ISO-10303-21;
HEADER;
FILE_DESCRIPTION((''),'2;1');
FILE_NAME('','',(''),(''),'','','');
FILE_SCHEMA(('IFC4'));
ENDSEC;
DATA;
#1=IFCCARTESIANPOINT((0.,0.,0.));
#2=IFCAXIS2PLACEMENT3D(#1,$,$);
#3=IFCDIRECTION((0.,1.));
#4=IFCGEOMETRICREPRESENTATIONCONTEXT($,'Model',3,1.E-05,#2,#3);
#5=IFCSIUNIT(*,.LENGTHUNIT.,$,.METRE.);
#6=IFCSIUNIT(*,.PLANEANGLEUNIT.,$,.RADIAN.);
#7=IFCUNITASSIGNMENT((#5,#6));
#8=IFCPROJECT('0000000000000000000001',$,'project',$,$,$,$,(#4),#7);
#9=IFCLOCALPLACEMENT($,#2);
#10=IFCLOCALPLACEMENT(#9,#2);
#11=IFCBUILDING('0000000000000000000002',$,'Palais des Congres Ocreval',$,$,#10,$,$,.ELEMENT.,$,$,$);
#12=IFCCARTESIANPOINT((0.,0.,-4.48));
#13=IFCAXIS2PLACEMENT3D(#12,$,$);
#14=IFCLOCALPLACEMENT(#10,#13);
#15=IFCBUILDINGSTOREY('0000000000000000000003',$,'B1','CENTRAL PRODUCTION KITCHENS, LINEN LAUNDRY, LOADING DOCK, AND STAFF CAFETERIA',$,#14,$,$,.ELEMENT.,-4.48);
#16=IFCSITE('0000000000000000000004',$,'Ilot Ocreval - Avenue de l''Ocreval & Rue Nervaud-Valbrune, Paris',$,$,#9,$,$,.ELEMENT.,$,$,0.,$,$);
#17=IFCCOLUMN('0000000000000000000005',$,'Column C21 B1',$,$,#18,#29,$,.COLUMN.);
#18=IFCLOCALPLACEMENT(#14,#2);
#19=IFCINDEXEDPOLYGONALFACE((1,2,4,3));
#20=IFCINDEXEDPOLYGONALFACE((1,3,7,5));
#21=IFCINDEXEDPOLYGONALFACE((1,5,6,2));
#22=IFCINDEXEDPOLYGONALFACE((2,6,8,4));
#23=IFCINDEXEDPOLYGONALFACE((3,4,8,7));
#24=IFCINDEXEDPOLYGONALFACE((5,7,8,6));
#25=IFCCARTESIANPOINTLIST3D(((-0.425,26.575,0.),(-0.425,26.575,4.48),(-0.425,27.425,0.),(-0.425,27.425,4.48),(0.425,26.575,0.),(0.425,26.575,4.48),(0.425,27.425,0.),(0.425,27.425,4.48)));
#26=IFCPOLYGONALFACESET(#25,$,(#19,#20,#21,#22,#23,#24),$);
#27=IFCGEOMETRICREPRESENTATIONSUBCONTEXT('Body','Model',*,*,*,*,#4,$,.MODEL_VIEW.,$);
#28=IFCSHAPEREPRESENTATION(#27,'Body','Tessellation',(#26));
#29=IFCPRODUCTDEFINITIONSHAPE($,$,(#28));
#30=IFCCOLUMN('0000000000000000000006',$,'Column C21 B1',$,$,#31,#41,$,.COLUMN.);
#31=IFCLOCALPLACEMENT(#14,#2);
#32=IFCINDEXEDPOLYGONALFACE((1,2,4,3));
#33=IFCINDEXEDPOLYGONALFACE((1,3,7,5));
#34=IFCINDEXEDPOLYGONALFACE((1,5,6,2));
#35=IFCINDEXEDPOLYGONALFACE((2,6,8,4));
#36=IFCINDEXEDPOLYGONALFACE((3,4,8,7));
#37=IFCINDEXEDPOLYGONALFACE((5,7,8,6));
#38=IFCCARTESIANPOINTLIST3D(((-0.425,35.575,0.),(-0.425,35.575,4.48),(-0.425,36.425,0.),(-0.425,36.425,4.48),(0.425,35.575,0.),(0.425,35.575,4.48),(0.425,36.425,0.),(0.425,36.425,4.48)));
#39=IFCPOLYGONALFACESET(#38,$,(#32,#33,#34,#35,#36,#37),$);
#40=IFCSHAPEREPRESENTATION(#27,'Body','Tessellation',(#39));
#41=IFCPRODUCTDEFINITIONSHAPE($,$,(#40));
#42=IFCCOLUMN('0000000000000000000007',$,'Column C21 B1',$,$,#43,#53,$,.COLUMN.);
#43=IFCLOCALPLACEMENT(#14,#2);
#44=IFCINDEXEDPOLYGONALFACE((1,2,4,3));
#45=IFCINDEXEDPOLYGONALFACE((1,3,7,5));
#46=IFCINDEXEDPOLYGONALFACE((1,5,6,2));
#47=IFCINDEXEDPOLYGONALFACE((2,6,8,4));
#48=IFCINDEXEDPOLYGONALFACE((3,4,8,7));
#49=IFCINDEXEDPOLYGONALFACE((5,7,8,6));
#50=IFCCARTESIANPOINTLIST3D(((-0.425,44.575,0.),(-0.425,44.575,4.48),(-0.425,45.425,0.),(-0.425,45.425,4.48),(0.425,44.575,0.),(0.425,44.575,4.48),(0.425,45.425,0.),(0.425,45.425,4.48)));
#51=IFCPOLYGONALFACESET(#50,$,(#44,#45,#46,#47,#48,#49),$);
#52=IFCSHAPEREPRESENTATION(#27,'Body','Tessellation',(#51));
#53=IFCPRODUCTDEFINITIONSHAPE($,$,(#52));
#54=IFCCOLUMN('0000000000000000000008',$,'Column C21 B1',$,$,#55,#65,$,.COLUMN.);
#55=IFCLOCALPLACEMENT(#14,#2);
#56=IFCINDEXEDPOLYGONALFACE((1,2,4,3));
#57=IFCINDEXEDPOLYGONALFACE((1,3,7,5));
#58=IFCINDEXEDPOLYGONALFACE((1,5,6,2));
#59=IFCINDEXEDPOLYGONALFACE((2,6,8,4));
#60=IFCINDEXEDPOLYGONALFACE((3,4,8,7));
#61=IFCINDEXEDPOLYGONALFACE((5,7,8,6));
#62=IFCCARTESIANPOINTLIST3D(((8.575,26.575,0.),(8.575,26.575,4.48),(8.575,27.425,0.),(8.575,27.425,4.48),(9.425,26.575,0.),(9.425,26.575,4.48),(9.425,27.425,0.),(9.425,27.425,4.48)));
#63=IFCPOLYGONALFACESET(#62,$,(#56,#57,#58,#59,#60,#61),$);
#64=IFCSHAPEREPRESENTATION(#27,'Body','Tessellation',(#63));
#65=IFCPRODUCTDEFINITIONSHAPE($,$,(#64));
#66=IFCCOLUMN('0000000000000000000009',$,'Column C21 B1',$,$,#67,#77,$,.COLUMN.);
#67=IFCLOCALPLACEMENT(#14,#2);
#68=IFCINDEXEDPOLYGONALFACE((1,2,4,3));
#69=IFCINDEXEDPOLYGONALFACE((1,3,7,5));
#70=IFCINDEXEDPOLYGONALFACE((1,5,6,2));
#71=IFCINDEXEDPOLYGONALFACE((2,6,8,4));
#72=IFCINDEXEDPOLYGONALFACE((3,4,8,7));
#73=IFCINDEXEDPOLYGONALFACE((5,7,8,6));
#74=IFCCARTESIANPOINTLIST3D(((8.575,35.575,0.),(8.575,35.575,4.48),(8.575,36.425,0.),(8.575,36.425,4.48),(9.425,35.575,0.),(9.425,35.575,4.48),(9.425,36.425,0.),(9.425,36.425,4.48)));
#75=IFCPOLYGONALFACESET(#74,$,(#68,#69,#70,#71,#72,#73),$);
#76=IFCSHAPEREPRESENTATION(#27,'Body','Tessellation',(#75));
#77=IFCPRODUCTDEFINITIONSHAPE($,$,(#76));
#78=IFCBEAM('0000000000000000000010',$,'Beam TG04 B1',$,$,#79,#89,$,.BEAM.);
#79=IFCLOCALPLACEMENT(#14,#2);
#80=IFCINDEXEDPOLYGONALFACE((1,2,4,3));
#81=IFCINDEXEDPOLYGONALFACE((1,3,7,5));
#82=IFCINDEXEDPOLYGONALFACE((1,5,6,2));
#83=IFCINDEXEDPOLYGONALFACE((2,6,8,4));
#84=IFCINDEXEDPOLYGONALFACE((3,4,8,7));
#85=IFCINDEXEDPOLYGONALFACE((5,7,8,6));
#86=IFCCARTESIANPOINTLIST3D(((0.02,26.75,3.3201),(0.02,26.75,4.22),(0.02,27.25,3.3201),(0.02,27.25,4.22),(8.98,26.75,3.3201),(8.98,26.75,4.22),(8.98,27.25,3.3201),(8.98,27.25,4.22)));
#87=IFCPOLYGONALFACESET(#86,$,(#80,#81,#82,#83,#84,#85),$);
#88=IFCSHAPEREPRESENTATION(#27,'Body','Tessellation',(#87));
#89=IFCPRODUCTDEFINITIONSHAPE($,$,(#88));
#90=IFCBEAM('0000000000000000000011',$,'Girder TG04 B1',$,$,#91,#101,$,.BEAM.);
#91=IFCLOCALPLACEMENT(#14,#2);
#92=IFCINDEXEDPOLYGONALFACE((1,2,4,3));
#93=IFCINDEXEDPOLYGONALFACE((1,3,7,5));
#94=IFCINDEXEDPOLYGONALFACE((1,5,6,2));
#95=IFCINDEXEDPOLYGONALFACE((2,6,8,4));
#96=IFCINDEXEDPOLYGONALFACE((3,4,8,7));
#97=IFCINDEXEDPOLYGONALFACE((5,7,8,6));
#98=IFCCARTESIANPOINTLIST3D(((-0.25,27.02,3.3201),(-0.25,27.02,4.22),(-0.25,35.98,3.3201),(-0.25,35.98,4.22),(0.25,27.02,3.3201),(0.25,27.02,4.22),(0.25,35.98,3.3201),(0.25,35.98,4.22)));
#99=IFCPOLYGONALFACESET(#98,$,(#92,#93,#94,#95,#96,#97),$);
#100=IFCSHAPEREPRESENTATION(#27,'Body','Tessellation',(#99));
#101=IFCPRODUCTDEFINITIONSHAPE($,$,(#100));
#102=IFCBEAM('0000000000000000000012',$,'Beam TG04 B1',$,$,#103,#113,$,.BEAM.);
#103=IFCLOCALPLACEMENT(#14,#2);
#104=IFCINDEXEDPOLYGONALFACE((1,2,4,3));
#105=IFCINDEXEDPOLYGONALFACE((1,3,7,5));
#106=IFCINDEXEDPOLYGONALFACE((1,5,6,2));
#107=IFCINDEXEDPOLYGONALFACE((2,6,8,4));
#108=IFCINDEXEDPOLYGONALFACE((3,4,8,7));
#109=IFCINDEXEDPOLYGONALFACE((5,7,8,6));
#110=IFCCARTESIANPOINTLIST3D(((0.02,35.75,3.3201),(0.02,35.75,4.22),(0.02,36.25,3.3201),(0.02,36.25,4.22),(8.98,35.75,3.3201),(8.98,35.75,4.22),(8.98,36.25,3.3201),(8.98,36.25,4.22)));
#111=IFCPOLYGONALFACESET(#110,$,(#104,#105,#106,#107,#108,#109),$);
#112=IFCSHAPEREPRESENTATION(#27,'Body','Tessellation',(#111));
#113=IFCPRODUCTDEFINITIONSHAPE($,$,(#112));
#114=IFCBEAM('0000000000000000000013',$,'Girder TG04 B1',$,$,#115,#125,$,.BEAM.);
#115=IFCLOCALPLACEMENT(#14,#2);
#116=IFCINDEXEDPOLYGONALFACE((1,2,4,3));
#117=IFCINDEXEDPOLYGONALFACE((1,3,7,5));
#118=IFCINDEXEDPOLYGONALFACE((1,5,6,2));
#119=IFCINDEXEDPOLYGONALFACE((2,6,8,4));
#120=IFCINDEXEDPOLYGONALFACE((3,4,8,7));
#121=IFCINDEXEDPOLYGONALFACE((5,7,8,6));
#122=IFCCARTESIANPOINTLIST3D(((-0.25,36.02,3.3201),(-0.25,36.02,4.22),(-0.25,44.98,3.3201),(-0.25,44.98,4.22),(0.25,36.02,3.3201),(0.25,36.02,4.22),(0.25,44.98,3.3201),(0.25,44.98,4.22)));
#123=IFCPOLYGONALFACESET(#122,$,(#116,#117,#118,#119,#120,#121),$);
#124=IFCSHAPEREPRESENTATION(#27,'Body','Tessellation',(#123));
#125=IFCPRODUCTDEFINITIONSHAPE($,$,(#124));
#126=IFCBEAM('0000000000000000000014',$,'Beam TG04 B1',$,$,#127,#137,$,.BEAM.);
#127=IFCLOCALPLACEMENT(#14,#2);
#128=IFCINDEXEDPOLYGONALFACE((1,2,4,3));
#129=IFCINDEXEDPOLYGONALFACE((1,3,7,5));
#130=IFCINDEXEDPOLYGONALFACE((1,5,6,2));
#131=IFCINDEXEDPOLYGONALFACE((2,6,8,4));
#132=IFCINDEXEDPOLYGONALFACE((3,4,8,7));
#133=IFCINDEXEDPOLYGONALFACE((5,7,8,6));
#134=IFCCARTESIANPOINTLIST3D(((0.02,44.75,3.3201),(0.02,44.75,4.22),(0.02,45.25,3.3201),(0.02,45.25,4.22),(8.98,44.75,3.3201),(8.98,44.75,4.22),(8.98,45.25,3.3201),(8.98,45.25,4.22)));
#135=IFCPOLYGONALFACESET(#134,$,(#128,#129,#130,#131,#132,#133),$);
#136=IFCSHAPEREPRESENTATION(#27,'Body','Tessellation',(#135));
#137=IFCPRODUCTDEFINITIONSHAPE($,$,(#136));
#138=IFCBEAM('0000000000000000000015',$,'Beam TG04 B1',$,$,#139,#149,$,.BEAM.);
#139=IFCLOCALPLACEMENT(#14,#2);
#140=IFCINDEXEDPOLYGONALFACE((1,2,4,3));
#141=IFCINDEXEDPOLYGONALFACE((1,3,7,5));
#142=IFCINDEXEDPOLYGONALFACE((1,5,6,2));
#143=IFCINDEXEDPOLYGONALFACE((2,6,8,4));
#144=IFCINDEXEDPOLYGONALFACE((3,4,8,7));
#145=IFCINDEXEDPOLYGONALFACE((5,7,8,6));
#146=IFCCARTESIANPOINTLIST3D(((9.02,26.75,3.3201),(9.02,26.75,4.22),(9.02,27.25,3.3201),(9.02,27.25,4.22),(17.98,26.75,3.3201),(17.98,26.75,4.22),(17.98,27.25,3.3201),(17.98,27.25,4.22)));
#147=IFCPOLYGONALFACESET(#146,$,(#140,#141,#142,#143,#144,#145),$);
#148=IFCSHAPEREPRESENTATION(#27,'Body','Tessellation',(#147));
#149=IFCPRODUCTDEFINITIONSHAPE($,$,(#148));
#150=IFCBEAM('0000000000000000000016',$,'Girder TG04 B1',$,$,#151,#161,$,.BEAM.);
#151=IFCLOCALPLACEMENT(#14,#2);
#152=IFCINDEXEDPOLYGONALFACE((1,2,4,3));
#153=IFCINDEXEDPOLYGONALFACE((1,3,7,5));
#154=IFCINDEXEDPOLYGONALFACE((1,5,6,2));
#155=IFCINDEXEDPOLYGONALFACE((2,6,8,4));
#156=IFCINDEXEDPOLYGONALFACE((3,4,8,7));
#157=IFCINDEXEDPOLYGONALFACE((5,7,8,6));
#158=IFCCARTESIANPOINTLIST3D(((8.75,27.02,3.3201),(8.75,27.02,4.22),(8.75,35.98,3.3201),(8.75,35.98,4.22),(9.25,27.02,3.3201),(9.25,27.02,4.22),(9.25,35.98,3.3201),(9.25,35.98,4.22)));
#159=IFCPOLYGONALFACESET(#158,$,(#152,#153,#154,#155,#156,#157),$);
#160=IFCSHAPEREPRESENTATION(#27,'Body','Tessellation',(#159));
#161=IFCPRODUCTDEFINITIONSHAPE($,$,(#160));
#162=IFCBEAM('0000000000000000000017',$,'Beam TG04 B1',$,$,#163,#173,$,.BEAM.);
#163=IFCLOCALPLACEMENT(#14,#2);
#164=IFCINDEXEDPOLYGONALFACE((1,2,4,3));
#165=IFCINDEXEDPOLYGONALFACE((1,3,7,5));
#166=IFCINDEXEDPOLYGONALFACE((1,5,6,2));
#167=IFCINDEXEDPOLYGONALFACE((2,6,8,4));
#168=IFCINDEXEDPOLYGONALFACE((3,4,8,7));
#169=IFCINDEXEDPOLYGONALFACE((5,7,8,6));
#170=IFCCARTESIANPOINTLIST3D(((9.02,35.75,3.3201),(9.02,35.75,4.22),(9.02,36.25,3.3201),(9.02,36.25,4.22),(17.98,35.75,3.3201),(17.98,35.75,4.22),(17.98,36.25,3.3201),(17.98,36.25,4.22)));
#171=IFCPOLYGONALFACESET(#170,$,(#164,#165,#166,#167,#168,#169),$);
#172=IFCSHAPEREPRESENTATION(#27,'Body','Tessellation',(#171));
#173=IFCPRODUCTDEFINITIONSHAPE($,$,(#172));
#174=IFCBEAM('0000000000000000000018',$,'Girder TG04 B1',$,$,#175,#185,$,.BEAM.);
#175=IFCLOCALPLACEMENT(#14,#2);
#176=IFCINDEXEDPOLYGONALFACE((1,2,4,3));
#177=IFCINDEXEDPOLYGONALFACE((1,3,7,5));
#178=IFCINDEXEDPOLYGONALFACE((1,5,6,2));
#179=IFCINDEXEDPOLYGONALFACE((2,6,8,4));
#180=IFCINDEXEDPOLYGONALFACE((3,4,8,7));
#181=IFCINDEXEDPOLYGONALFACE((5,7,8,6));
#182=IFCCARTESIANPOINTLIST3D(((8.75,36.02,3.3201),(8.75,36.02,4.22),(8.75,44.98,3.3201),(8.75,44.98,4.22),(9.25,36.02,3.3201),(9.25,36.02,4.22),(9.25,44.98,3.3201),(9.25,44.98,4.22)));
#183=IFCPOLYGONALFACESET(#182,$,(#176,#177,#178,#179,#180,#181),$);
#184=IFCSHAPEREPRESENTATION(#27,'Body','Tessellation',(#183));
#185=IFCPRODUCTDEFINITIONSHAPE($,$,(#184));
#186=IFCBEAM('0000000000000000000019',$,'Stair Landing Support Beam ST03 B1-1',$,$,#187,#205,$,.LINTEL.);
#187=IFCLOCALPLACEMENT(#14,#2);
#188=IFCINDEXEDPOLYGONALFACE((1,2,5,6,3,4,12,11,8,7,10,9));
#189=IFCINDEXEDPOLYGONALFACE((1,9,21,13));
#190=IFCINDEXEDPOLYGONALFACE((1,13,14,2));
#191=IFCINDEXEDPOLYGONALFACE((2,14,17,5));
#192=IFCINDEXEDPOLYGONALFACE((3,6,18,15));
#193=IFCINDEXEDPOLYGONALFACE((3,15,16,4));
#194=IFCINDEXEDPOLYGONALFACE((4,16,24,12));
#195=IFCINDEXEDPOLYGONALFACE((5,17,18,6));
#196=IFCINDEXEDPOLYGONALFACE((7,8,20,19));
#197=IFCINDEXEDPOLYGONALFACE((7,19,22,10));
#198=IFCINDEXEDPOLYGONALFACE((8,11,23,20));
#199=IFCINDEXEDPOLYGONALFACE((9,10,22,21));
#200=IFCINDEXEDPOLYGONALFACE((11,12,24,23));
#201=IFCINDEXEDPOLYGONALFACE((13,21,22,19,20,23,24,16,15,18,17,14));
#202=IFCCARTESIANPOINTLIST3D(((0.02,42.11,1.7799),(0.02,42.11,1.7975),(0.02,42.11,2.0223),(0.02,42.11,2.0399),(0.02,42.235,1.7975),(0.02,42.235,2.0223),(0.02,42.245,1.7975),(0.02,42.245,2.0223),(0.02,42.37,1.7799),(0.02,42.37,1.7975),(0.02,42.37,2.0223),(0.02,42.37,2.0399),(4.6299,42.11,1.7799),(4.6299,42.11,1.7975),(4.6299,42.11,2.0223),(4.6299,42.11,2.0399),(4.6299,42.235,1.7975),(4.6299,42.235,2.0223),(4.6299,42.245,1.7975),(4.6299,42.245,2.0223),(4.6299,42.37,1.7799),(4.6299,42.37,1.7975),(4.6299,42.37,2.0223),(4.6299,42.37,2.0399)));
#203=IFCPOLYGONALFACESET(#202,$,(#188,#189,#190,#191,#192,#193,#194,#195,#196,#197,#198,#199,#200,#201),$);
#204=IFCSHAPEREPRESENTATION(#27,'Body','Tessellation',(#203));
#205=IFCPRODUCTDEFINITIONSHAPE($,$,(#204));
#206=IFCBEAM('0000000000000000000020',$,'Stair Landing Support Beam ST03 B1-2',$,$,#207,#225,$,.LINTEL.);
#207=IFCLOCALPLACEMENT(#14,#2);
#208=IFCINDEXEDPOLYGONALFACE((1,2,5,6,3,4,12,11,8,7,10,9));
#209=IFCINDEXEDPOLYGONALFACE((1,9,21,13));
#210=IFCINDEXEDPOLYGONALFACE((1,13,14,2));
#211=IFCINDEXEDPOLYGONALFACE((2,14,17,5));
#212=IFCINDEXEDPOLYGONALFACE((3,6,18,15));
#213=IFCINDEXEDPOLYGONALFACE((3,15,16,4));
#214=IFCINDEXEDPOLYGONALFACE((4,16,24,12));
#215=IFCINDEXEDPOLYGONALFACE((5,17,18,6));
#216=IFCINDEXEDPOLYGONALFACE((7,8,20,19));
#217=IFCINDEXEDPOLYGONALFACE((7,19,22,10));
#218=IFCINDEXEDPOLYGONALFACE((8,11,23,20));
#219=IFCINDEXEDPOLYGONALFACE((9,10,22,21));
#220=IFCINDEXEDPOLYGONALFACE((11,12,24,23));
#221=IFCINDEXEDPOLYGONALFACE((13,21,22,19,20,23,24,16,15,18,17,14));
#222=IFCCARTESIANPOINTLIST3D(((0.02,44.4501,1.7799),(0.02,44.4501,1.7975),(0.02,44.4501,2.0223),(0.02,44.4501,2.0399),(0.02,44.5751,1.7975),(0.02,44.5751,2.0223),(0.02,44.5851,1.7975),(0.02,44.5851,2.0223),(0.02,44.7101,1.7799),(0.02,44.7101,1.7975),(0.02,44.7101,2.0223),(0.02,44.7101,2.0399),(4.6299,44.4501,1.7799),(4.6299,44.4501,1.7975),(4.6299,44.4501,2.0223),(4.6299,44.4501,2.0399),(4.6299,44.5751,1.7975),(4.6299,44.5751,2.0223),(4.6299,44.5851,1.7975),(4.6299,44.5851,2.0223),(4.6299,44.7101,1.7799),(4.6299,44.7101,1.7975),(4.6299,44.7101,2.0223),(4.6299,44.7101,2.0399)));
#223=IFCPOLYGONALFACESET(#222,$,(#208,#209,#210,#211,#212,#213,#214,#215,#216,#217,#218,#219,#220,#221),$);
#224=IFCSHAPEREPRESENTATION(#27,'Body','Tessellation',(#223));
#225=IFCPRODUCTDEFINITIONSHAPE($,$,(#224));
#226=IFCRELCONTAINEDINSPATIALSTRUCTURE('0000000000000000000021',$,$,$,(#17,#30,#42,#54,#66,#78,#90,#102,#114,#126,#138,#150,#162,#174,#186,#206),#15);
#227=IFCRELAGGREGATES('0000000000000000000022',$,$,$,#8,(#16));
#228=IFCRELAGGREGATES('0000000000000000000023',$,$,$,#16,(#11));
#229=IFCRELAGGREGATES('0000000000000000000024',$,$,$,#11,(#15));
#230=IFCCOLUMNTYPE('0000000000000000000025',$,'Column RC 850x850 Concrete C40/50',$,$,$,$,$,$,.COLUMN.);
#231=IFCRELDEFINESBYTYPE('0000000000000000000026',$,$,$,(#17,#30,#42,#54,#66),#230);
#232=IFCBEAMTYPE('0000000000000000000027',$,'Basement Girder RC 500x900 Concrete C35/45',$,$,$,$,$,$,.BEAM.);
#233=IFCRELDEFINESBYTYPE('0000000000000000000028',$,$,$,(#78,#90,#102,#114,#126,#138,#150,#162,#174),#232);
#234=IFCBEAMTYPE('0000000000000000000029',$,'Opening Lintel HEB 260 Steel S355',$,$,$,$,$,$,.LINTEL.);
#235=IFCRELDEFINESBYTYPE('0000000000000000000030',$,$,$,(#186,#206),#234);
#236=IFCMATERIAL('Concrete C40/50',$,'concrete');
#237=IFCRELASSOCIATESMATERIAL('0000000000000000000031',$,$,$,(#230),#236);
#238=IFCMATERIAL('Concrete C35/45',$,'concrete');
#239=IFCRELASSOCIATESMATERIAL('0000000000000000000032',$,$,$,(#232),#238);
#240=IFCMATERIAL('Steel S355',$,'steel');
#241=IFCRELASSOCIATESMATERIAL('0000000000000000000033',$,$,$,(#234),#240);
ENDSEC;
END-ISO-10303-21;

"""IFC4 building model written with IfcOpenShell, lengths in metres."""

from ifc_helpers import new_model, si_unit, direction, frame, origin, origin_2d, place, context, subcontext, project, spatial, rectangle, i_section, extrude, material, material_profile, profile_set, type_object, element, save


model = new_model("IFC4")

# Units and contexts
model_context = context("Model", 3, precision=1e-05, world=origin(), true_north=direction((0.0, 1.0)))
body_context = subcontext(model_context, "Body", "Model", "MODEL_VIEW")
ifc_project = project(units=[si_unit("LENGTHUNIT", "METRE"), si_unit("PLANEANGLEUNIT", "RADIAN")], contexts=[model_context])

# Site, building, storey
site_placement = place(None, origin())
site = spatial("IfcSite", under=ifc_project, at=site_placement, Name="Ilot Ocreval - Avenue de l'Ocreval & Rue Nervaud-Valbrune, Paris", CompositionType="ELEMENT", RefElevation=0.0)
building_placement = place(site_placement, origin())
building = spatial("IfcBuilding", under=site, at=building_placement, Name="Palais des Congres Ocreval", CompositionType="ELEMENT")
storey_placement = place(building_placement, frame((0.0, 0.0, -4.48)))
storey = spatial("IfcBuildingStorey", under=building, at=storey_placement, Name="B1", Description="CENTRAL PRODUCTION KITCHENS, LINEN LAUNDRY, LOADING DOCK, AND STAFF CAFETERIA", CompositionType="ELEMENT", Elevation=-4.48)

# Columns
ifc_material_1 = material(Name="Concrete C40/50", Category="concrete")
ifc_material_profile_1 = material_profile(ifc_material_1, rectangle(XDim=0.8501, YDim=0.8501, at=origin_2d()), Name="RC 850x850")
ifc_profile_set_1 = profile_set([ifc_material_profile_1], Name="Concrete C40/50")
column_type = type_object("IfcColumnType", Name="Column RC 850x850 Concrete C40/50", PredefinedType="COLUMN", material=ifc_profile_set_1)
for number, where, z_axis, x_axis, name in (
    (1, (0.0, 27.0, 0.0), (0.0, 0.0, 1.0), (1.0, 0.0, 0.0), "Column C21 B1"),
    (2, (0.0, 36.0, 0.0), (0.0, 0.0, 1.0), (1.0, 0.0, 0.0), "Column C21 B1"),
    (3, (0.0, 45.0, 0.0), (0.0, 0.0, 1.0), (1.0, 0.0, 0.0), "Column C21 B1"),
    (4, (9.0, 27.0, 0.0), (0.0, 0.0, 1.0), (1.0, 0.0, 0.0), "Column C21 B1"),
    (5, (9.0, 36.0, 0.0), (0.0, 0.0, 1.0), (1.0, 0.0, 0.0), "Column C21 B1"),
):
    element("IfcColumn", number, at=place(storey_placement, frame(where, z_axis=z_axis, x_axis=x_axis)), inside=storey, type_object=column_type, Name=name, PredefinedType="COLUMN", context=body_context, shape_type="SweptSolid", body=[
        extrude(rectangle(XDim=0.8501, YDim=0.8501, at=origin_2d()), origin(), (0.0, 0.0, 1.0), 4.48),
    ])

# Beams
ifc_material_2 = material(Name="Concrete C35/45", Category="concrete")
ifc_material_profile_2 = material_profile(ifc_material_2, rectangle(XDim=0.5, YDim=0.8999, at=origin_2d()), Name="RC 500x900")
ifc_profile_set_2 = profile_set([ifc_material_profile_2], Name="Concrete C35/45")
beam_type_1 = type_object("IfcBeamType", Name="Basement Girder RC 500x900 Concrete C35/45", PredefinedType="BEAM", material=ifc_profile_set_2)
for number, where, z_axis, x_axis, name in (
    (6, (0.02, 27.0, 3.77), (1.0, 0.0, 0.0), (0.0, 1.0, 0.0), "Beam TG04 B1"),
    (7, (0.0, 27.02, 3.77), (0.0, 1.0, 0.0), (-1.0, 0.0, 0.0), "Girder TG04 B1"),
    (8, (0.02, 36.0, 3.77), (1.0, 0.0, 0.0), (0.0, 1.0, 0.0), "Beam TG04 B1"),
    (9, (0.0, 36.02, 3.77), (0.0, 1.0, 0.0), (-1.0, 0.0, 0.0), "Girder TG04 B1"),
    (10, (0.02, 45.0, 3.77), (1.0, 0.0, 0.0), (0.0, 1.0, 0.0), "Beam TG04 B1"),
    (11, (9.02, 27.0, 3.77), (1.0, 0.0, 0.0), (0.0, 1.0, 0.0), "Beam TG04 B1"),
    (12, (9.0, 27.02, 3.77), (0.0, 1.0, 0.0), (-1.0, 0.0, 0.0), "Girder TG04 B1"),
    (13, (9.02, 36.0, 3.77), (1.0, 0.0, 0.0), (0.0, 1.0, 0.0), "Beam TG04 B1"),
    (14, (9.0, 36.02, 3.77), (0.0, 1.0, 0.0), (-1.0, 0.0, 0.0), "Girder TG04 B1"),
):
    element("IfcBeam", number, at=place(storey_placement, frame(where, z_axis=z_axis, x_axis=x_axis)), inside=storey, type_object=beam_type_1, Name=name, PredefinedType="BEAM", context=body_context, shape_type="SweptSolid", body=[
        extrude(rectangle(XDim=0.5, YDim=0.8999, at=origin_2d()), origin(), (0.0, 0.0, 1.0), 8.96),
    ])
ifc_material_3 = material(Name="Steel S355", Category="steel")
ifc_material_profile_3 = material_profile(ifc_material_3, i_section(OverallWidth=0.26, OverallDepth=0.26, WebThickness=0.01, FlangeThickness=0.0176, at=origin_2d()), Name="HEB 260")
ifc_profile_set_3 = profile_set([ifc_material_profile_3], Name="Steel S355")
beam_type_2 = type_object("IfcBeamType", Name="Opening Lintel HEB 260 Steel S355", PredefinedType="LINTEL", material=ifc_profile_set_3)
for number, where, z_axis, x_axis, name in (
    (15, (0.02, 42.24, 1.9099), (1.0, 0.0, 0.0), (0.0, 1.0, 0.0), "Stair Landing Support Beam ST03 B1-1"),
    (16, (0.02, 44.5801, 1.9099), (1.0, 0.0, 0.0), (0.0, 1.0, 0.0), "Stair Landing Support Beam ST03 B1-2"),
):
    element("IfcBeam", number, at=place(storey_placement, frame(where, z_axis=z_axis, x_axis=x_axis)), inside=storey, type_object=beam_type_2, Name=name, PredefinedType="LINTEL", context=body_context, shape_type="SweptSolid", body=[
        extrude(i_section(OverallWidth=0.26, OverallDepth=0.26, WebThickness=0.01, FlangeThickness=0.0176, at=origin_2d()), origin(), (0.0, 0.0, 1.0), 4.6099),
    ])

save(model, "model.ifc")
